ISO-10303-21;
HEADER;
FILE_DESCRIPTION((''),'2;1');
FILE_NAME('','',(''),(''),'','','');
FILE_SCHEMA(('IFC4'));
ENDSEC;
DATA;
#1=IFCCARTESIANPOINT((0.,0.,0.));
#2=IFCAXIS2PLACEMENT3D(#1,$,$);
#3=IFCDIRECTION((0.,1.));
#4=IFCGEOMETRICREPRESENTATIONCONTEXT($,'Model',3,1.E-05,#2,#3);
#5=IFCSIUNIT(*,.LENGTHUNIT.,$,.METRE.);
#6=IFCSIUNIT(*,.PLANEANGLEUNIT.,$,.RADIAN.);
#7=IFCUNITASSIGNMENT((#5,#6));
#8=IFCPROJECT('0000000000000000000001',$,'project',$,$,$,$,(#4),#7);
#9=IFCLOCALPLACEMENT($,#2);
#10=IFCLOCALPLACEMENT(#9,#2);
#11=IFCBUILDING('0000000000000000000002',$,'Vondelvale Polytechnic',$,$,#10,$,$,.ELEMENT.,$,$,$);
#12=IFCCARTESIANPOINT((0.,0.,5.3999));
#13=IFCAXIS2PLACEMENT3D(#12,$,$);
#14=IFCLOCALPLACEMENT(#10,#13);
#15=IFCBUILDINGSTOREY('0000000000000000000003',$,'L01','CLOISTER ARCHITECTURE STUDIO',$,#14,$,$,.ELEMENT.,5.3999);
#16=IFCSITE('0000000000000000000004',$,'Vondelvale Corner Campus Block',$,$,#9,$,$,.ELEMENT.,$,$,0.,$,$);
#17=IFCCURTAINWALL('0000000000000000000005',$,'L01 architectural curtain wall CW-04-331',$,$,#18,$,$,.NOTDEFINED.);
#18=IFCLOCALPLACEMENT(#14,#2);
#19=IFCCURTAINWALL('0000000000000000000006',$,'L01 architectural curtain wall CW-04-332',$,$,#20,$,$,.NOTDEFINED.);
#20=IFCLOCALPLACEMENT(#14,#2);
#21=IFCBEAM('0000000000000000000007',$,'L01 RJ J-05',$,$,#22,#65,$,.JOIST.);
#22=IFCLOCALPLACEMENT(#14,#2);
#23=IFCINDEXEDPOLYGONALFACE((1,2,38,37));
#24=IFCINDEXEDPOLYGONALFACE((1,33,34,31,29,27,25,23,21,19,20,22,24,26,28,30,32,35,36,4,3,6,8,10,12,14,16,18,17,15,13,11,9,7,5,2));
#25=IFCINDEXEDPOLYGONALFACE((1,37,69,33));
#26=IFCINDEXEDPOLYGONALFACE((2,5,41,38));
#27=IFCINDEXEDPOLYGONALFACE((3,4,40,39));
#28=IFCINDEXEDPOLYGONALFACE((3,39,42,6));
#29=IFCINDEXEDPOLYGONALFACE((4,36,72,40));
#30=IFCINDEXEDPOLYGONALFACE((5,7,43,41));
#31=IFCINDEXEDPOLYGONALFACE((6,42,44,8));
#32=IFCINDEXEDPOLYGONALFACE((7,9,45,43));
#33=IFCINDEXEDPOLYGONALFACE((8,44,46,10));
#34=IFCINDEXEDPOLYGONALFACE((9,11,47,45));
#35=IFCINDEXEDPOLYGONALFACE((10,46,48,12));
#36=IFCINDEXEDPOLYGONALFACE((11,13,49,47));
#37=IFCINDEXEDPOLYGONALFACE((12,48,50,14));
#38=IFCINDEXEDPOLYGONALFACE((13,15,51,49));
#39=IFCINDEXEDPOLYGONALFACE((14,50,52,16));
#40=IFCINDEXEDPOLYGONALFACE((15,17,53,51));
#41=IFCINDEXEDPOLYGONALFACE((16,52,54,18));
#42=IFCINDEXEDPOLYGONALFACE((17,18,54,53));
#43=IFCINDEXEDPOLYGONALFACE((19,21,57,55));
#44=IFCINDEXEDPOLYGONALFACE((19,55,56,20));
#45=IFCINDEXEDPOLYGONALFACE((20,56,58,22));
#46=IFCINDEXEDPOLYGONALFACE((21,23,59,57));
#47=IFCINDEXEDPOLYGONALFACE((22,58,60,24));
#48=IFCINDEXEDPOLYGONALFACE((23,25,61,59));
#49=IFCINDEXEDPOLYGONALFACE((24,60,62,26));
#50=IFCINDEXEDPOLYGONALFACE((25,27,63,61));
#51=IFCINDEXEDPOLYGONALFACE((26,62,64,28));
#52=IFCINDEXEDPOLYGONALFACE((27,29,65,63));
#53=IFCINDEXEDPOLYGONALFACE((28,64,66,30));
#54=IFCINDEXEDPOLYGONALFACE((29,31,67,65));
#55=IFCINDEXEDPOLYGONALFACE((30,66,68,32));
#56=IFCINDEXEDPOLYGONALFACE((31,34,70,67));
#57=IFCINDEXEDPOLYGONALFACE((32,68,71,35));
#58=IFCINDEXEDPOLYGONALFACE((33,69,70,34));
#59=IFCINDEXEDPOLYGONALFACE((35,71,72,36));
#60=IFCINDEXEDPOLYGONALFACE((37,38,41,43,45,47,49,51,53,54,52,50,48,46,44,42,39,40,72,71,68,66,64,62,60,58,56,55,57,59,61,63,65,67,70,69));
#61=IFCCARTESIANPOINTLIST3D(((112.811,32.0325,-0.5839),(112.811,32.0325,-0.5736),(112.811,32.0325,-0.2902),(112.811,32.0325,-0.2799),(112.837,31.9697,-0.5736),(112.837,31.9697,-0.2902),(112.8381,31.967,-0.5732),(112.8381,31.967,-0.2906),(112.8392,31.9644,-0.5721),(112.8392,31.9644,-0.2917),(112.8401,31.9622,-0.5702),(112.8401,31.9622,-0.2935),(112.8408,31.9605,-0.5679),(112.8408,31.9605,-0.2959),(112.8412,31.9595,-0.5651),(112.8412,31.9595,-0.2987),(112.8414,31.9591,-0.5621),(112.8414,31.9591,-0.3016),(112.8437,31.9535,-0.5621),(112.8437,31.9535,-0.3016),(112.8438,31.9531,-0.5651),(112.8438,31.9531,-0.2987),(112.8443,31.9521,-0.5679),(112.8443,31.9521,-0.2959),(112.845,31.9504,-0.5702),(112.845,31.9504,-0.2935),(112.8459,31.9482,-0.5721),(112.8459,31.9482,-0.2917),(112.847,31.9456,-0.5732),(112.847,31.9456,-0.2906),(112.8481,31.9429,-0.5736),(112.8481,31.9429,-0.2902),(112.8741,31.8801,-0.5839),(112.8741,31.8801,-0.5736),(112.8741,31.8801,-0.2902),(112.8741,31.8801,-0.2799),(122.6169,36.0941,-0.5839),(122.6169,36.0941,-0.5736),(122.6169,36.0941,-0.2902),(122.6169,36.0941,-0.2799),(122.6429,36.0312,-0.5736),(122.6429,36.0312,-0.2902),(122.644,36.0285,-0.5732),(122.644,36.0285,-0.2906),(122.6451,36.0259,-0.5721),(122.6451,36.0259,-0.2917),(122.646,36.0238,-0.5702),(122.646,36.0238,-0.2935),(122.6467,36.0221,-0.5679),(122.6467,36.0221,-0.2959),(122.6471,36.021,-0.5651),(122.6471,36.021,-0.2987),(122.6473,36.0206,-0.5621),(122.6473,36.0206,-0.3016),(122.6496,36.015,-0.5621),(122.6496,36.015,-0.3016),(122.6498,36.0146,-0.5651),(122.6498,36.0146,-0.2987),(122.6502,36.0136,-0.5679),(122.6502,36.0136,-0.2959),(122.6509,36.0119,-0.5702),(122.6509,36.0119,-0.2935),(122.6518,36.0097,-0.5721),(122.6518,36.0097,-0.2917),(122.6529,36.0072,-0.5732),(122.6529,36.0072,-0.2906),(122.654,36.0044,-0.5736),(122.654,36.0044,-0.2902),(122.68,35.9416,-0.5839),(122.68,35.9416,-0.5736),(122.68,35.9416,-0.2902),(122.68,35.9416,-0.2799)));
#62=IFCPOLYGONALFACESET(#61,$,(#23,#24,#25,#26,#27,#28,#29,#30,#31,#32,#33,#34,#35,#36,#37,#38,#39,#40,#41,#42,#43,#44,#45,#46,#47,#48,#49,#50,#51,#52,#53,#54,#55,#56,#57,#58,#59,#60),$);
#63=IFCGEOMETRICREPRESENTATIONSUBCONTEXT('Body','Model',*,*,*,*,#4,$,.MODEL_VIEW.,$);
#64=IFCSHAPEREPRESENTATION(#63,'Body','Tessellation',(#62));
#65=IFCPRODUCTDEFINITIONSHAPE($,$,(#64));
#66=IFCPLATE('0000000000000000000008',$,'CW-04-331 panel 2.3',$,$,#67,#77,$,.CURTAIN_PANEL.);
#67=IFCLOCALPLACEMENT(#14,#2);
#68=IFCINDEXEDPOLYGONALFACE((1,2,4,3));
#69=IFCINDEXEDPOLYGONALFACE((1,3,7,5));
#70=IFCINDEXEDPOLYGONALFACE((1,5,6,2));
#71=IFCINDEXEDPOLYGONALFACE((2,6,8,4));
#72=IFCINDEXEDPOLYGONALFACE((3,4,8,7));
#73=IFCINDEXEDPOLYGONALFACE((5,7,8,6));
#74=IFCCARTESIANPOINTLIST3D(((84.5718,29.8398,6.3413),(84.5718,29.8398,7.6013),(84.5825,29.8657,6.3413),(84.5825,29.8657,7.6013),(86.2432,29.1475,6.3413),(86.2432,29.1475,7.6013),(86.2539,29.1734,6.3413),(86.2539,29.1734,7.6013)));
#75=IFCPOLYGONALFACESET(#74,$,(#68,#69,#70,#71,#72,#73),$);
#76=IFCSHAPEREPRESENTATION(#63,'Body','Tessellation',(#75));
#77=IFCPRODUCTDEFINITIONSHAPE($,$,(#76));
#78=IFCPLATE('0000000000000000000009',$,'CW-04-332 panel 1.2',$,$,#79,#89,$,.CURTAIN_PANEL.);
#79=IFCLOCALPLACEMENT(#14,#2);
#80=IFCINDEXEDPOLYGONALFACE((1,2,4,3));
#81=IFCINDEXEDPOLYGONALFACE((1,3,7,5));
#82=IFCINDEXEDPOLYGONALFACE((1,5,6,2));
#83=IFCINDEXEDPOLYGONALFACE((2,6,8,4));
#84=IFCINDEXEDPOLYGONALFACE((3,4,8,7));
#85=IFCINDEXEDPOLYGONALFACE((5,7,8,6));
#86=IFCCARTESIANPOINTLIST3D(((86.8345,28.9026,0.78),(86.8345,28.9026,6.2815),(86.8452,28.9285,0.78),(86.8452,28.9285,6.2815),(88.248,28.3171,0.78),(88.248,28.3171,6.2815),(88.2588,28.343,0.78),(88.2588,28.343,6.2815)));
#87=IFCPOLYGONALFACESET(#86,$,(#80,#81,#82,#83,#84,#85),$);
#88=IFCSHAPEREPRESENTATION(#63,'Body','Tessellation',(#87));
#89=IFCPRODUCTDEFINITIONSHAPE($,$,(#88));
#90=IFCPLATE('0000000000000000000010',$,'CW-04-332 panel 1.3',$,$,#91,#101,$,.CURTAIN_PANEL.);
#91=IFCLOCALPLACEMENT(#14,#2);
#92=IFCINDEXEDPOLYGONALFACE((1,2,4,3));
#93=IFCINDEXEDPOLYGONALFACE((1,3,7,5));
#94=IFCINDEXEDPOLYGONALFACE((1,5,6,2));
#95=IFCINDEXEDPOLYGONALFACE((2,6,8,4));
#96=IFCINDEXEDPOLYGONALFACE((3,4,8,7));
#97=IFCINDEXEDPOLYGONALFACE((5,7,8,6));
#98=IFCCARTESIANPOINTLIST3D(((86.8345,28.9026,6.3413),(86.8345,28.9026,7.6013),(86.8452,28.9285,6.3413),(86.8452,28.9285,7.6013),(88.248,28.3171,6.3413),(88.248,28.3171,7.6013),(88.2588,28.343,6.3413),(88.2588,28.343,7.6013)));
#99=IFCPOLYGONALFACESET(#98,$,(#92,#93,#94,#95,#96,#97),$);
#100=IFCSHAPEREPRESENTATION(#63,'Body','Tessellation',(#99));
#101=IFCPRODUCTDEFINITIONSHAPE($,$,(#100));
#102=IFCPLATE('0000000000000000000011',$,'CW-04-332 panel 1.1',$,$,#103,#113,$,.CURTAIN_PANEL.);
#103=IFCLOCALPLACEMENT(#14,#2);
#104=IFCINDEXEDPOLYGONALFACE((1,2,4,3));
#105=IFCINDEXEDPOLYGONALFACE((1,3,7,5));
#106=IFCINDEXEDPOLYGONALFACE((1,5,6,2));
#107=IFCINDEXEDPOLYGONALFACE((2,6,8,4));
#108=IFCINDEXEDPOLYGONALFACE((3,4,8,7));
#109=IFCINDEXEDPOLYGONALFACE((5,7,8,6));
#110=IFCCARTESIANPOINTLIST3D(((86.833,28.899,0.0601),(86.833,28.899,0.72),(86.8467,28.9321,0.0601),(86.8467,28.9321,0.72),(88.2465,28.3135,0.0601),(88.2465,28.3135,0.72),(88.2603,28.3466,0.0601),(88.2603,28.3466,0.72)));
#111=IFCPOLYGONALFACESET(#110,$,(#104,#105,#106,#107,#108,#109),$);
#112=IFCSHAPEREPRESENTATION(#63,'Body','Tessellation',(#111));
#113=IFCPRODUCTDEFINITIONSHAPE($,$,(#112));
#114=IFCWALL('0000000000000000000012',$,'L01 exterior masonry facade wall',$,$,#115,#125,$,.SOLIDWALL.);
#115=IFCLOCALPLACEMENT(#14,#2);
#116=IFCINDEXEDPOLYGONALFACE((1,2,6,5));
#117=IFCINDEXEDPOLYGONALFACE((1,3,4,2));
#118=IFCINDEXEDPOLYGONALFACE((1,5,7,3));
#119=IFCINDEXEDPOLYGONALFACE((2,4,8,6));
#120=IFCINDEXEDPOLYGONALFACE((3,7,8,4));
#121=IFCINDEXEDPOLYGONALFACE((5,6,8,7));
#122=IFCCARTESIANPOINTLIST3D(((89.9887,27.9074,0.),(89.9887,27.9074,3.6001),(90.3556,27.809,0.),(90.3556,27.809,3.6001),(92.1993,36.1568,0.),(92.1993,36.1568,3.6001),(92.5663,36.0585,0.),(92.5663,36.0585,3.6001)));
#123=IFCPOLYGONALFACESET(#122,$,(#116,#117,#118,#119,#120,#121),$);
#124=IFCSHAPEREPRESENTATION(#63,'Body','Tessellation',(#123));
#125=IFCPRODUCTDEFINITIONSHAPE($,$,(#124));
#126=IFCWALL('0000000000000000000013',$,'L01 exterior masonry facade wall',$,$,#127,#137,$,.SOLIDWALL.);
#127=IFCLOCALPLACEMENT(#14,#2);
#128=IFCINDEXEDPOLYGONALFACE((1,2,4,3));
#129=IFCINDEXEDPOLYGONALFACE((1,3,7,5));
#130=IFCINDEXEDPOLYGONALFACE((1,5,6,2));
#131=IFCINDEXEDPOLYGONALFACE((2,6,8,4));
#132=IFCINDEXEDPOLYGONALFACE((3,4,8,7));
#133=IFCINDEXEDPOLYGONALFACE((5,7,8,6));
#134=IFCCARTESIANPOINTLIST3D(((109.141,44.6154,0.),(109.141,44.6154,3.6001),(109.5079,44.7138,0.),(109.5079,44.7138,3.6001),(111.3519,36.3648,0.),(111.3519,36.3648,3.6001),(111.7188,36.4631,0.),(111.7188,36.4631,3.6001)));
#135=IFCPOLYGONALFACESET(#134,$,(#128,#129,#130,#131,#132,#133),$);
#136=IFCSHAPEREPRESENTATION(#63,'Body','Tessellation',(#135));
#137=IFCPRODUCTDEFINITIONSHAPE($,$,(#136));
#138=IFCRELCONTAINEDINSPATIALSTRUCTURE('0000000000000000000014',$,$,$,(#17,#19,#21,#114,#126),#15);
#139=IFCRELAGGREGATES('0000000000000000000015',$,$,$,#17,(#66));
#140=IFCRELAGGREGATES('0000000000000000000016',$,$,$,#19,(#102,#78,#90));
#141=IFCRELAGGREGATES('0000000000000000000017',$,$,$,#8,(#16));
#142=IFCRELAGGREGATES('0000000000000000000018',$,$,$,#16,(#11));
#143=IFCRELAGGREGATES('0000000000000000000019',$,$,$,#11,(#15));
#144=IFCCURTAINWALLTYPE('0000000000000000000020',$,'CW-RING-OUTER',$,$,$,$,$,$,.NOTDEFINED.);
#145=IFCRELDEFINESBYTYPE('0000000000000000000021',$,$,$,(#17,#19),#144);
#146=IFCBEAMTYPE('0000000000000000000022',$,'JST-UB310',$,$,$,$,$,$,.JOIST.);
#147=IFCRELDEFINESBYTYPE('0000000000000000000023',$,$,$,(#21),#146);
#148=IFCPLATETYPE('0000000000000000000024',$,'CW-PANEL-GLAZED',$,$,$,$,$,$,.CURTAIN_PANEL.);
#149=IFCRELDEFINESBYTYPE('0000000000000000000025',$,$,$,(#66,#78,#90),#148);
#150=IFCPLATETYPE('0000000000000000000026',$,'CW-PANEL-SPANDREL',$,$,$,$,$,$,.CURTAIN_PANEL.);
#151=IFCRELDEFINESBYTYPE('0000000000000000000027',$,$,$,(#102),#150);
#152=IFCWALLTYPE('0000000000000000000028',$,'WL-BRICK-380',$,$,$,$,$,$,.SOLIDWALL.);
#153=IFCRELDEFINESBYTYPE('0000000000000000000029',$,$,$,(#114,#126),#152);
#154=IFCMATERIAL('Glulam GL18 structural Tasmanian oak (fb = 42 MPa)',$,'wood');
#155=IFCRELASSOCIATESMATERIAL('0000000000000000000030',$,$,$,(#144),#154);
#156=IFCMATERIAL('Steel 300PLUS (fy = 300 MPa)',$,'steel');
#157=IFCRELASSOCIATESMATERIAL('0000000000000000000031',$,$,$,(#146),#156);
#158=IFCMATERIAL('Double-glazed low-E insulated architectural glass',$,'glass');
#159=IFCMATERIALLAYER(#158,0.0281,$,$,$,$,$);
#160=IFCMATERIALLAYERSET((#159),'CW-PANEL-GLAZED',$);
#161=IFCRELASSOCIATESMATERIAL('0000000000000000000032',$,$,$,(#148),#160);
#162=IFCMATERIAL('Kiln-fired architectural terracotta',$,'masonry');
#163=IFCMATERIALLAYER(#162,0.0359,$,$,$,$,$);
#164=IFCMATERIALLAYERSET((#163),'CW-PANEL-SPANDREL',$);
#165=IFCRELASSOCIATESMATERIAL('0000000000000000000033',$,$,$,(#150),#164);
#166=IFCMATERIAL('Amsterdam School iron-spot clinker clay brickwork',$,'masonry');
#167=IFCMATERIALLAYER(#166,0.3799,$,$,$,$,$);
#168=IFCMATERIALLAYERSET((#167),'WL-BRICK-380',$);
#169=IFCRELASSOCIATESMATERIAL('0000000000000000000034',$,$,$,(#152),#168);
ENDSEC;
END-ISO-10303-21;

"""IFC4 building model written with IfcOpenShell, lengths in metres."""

from ifc_helpers import new_model, si_unit, direction, frame, frame_2d, origin, origin_2d, place, context, subcontext, project, spatial, rectangle, i_section, extrude, material, layer, layer_set, material_profile, profile_set, type_object, element, aggregate, save


model = new_model("IFC4")

# Units and contexts
model_context = context("Model", 3, precision=1e-05, world=origin(), true_north=direction((0.0, 1.0)))
body_context = subcontext(model_context, "Body", "Model", "MODEL_VIEW")
ifc_project = project(units=[si_unit("LENGTHUNIT", "METRE"), si_unit("PLANEANGLEUNIT", "RADIAN")], contexts=[model_context])

# Site, building, storey
site_placement = place(None, origin())
site = spatial("IfcSite", under=ifc_project, at=site_placement, Name="Vondelvale Corner Campus Block", CompositionType="ELEMENT", RefElevation=0.0)
building_placement = place(site_placement, origin())
building = spatial("IfcBuilding", under=site, at=building_placement, Name="Vondelvale Polytechnic", CompositionType="ELEMENT")
storey_placement = place(building_placement, frame((0.0, 0.0, 5.3999)))
storey = spatial("IfcBuildingStorey", under=building, at=storey_placement, Name="L01", Description="CLOISTER ARCHITECTURE STUDIO", CompositionType="ELEMENT", Elevation=5.3999)

# Shared definitions
ifc_material_1 = material(Name="Glulam GL18 structural Tasmanian oak (fb = 42 MPa)", Category="wood")
ifc_material_2 = material(Name="Steel 300PLUS (fy = 300 MPa)", Category="steel")

# Curtain wall
curtain_wall_type = type_object("IfcCurtainWallType", Name="CW-RING-OUTER", PredefinedType="NOTDEFINED", material=ifc_material_1)
curtain_wall_1_placement = place(storey_placement, origin())
curtain_wall_1 = element("IfcCurtainWall", 1, at=curtain_wall_1_placement, inside=storey, type_object=curtain_wall_type, Name="L01 architectural curtain wall CW-04-331", PredefinedType="NOTDEFINED")

# Curtain wall
curtain_wall_2_placement = place(storey_placement, origin())
curtain_wall_2 = element("IfcCurtainWall", 2, at=curtain_wall_2_placement, inside=storey, type_object=curtain_wall_type, Name="L01 architectural curtain wall CW-04-332", PredefinedType="NOTDEFINED")

# Beam
ifc_material_profile_1 = material_profile(ifc_material_2, i_section(OverallWidth=0.165, OverallDepth=0.304, WebThickness=0.0061, FlangeThickness=0.0103, FilletRadius=0.0115, at=origin_2d()), Name="310UB40.4")
ifc_profile_set_1 = profile_set([ifc_material_profile_1], Name="Steel 300PLUS (fy = 300 MPa)")
beam_type_1 = type_object("IfcBeamType", Name="JST-UB310", PredefinedType="JOIST", material=ifc_profile_set_1)
beam_1_placement = place(storey_placement, frame((112.8425, 31.9563, -0.4319), z_axis=(0.923887, 0.382666, 0.0), x_axis=(-0.382666, 0.923887, 0.0)))
element("IfcBeam", 3, at=beam_1_placement, inside=storey, type_object=beam_type_1, Name="L01 RJ J-05", PredefinedType="JOIST", context=body_context, shape_type="SweptSolid", body=[
    extrude(i_section(OverallWidth=0.165, OverallDepth=0.304, WebThickness=0.0061, FlangeThickness=0.0103, FilletRadius=0.0115, at=origin_2d()), origin(), (0.0, 0.0, 1.0), 10.6138),
])

# Plates
ifc_material_3 = material(Name="Double-glazed low-E insulated architectural glass", Category="glass")
ifc_layer_1 = layer(ifc_material_3, 0.0281)
ifc_layer_set_1 = layer_set([ifc_layer_1], Name="CW-PANEL-GLAZED")
plate_type_1 = type_object("IfcPlateType", Name="CW-PANEL-GLAZED", PredefinedType="CURTAIN_PANEL", material=ifc_layer_set_1)
plate_1_placement = place(storey_placement, frame((85.4128, 29.5066, 6.3413), z_axis=(0.0, 0.0, 1.0), x_axis=(0.923875, -0.382695, 0.0)))
plate_1 = element("IfcPlate", 4, at=plate_1_placement, type_object=plate_type_1, Name="CW-04-331 panel 2.3", PredefinedType="CURTAIN_PANEL", context=body_context, shape_type="SweptSolid", body=[
    extrude(rectangle(XDim=1.8091, YDim=0.0281, at=origin_2d()), origin(), (0.0, 0.0, 1.0), 1.26),
])
aggregate(curtain_wall_1, [plate_1])
plate_2_placement = place(storey_placement, frame((87.5466, 28.6228, 0.78), z_axis=(0.0, 0.0, 1.0), x_axis=(0.923882, -0.382677, 0.0)))
plate_2 = element("IfcPlate", 5, at=plate_2_placement, type_object=plate_type_1, Name="CW-04-332 panel 1.2", PredefinedType="CURTAIN_PANEL", context=body_context, shape_type="SweptSolid", body=[
    extrude(rectangle(XDim=1.53, YDim=0.0281, at=origin_2d()), origin(), (0.0, 0.0, 1.0), 5.5015),
])
plate_3_placement = place(storey_placement, frame((87.5466, 28.6228, 6.3413), z_axis=(0.0, 0.0, 1.0), x_axis=(0.923882, -0.382677, 0.0)))
plate_3 = element("IfcPlate", 6, at=plate_3_placement, type_object=plate_type_1, Name="CW-04-332 panel 1.3", PredefinedType="CURTAIN_PANEL", context=body_context, shape_type="SweptSolid", body=[
    extrude(rectangle(XDim=1.53, YDim=0.0281, at=origin_2d()), origin(), (0.0, 0.0, 1.0), 1.26),
])
ifc_material_4 = material(Name="Kiln-fired architectural terracotta", Category="masonry")
ifc_layer_2 = layer(ifc_material_4, 0.0359)
ifc_layer_set_2 = layer_set([ifc_layer_2], Name="CW-PANEL-SPANDREL")
plate_type_2 = type_object("IfcPlateType", Name="CW-PANEL-SPANDREL", PredefinedType="CURTAIN_PANEL", material=ifc_layer_set_2)
plate_4_placement = place(storey_placement, frame((87.5466, 28.6228, 0.0601), z_axis=(0.0, 0.0, 1.0), x_axis=(0.923882, -0.382677, 0.0)))
plate_4 = element("IfcPlate", 7, at=plate_4_placement, type_object=plate_type_2, Name="CW-04-332 panel 1.1", PredefinedType="CURTAIN_PANEL", context=body_context, shape_type="SweptSolid", body=[
    extrude(rectangle(XDim=1.53, YDim=0.0359, at=origin_2d()), origin(), (0.0, 0.0, 1.0), 0.6599),
])
aggregate(curtain_wall_2, [plate_4, plate_2, plate_3])

# Walls
ifc_material_5 = material(Name="Amsterdam School iron-spot clinker clay brickwork", Category="masonry")
ifc_layer_3 = layer(ifc_material_5, 0.3799)
ifc_layer_set_3 = layer_set([ifc_layer_3], Name="WL-BRICK-380")
wall_type = type_object("IfcWallType", Name="WL-BRICK-380", PredefinedType="SOLIDWALL", material=ifc_layer_set_3)
wall_1_placement = place(storey_placement, frame((92.3828, 36.1077, 0.0), z_axis=(0.0, 0.0, 1.0), x_axis=(-0.258846, -0.965919, 0.0)))
element("IfcWall", 8, at=wall_1_placement, inside=storey, type_object=wall_type, Name="L01 exterior masonry facade wall", PredefinedType="SOLIDWALL", context=body_context, shape_type="SweptSolid", body=[
    extrude(rectangle(XDim=8.5405, YDim=0.3799, at=frame_2d((4.2703, 0.0))), origin(), (0.0, 0.0, 1.0), 3.6001),
])
wall_2_placement = place(storey_placement, frame((111.5354, 36.4138, 0.0), z_axis=(0.0, 0.0, 1.0), x_axis=(-0.258837, 0.965921, 0.0)))
element("IfcWall", 9, at=wall_2_placement, inside=storey, type_object=wall_type, Name="L01 exterior masonry facade wall", PredefinedType="SOLIDWALL", context=body_context, shape_type="SweptSolid", body=[
    extrude(rectangle(XDim=8.5417, YDim=0.3799, at=frame_2d((4.271, 0.0))), origin(), (0.0, 0.0, 1.0), 3.6001),
])

save(model, "model.ifc")
